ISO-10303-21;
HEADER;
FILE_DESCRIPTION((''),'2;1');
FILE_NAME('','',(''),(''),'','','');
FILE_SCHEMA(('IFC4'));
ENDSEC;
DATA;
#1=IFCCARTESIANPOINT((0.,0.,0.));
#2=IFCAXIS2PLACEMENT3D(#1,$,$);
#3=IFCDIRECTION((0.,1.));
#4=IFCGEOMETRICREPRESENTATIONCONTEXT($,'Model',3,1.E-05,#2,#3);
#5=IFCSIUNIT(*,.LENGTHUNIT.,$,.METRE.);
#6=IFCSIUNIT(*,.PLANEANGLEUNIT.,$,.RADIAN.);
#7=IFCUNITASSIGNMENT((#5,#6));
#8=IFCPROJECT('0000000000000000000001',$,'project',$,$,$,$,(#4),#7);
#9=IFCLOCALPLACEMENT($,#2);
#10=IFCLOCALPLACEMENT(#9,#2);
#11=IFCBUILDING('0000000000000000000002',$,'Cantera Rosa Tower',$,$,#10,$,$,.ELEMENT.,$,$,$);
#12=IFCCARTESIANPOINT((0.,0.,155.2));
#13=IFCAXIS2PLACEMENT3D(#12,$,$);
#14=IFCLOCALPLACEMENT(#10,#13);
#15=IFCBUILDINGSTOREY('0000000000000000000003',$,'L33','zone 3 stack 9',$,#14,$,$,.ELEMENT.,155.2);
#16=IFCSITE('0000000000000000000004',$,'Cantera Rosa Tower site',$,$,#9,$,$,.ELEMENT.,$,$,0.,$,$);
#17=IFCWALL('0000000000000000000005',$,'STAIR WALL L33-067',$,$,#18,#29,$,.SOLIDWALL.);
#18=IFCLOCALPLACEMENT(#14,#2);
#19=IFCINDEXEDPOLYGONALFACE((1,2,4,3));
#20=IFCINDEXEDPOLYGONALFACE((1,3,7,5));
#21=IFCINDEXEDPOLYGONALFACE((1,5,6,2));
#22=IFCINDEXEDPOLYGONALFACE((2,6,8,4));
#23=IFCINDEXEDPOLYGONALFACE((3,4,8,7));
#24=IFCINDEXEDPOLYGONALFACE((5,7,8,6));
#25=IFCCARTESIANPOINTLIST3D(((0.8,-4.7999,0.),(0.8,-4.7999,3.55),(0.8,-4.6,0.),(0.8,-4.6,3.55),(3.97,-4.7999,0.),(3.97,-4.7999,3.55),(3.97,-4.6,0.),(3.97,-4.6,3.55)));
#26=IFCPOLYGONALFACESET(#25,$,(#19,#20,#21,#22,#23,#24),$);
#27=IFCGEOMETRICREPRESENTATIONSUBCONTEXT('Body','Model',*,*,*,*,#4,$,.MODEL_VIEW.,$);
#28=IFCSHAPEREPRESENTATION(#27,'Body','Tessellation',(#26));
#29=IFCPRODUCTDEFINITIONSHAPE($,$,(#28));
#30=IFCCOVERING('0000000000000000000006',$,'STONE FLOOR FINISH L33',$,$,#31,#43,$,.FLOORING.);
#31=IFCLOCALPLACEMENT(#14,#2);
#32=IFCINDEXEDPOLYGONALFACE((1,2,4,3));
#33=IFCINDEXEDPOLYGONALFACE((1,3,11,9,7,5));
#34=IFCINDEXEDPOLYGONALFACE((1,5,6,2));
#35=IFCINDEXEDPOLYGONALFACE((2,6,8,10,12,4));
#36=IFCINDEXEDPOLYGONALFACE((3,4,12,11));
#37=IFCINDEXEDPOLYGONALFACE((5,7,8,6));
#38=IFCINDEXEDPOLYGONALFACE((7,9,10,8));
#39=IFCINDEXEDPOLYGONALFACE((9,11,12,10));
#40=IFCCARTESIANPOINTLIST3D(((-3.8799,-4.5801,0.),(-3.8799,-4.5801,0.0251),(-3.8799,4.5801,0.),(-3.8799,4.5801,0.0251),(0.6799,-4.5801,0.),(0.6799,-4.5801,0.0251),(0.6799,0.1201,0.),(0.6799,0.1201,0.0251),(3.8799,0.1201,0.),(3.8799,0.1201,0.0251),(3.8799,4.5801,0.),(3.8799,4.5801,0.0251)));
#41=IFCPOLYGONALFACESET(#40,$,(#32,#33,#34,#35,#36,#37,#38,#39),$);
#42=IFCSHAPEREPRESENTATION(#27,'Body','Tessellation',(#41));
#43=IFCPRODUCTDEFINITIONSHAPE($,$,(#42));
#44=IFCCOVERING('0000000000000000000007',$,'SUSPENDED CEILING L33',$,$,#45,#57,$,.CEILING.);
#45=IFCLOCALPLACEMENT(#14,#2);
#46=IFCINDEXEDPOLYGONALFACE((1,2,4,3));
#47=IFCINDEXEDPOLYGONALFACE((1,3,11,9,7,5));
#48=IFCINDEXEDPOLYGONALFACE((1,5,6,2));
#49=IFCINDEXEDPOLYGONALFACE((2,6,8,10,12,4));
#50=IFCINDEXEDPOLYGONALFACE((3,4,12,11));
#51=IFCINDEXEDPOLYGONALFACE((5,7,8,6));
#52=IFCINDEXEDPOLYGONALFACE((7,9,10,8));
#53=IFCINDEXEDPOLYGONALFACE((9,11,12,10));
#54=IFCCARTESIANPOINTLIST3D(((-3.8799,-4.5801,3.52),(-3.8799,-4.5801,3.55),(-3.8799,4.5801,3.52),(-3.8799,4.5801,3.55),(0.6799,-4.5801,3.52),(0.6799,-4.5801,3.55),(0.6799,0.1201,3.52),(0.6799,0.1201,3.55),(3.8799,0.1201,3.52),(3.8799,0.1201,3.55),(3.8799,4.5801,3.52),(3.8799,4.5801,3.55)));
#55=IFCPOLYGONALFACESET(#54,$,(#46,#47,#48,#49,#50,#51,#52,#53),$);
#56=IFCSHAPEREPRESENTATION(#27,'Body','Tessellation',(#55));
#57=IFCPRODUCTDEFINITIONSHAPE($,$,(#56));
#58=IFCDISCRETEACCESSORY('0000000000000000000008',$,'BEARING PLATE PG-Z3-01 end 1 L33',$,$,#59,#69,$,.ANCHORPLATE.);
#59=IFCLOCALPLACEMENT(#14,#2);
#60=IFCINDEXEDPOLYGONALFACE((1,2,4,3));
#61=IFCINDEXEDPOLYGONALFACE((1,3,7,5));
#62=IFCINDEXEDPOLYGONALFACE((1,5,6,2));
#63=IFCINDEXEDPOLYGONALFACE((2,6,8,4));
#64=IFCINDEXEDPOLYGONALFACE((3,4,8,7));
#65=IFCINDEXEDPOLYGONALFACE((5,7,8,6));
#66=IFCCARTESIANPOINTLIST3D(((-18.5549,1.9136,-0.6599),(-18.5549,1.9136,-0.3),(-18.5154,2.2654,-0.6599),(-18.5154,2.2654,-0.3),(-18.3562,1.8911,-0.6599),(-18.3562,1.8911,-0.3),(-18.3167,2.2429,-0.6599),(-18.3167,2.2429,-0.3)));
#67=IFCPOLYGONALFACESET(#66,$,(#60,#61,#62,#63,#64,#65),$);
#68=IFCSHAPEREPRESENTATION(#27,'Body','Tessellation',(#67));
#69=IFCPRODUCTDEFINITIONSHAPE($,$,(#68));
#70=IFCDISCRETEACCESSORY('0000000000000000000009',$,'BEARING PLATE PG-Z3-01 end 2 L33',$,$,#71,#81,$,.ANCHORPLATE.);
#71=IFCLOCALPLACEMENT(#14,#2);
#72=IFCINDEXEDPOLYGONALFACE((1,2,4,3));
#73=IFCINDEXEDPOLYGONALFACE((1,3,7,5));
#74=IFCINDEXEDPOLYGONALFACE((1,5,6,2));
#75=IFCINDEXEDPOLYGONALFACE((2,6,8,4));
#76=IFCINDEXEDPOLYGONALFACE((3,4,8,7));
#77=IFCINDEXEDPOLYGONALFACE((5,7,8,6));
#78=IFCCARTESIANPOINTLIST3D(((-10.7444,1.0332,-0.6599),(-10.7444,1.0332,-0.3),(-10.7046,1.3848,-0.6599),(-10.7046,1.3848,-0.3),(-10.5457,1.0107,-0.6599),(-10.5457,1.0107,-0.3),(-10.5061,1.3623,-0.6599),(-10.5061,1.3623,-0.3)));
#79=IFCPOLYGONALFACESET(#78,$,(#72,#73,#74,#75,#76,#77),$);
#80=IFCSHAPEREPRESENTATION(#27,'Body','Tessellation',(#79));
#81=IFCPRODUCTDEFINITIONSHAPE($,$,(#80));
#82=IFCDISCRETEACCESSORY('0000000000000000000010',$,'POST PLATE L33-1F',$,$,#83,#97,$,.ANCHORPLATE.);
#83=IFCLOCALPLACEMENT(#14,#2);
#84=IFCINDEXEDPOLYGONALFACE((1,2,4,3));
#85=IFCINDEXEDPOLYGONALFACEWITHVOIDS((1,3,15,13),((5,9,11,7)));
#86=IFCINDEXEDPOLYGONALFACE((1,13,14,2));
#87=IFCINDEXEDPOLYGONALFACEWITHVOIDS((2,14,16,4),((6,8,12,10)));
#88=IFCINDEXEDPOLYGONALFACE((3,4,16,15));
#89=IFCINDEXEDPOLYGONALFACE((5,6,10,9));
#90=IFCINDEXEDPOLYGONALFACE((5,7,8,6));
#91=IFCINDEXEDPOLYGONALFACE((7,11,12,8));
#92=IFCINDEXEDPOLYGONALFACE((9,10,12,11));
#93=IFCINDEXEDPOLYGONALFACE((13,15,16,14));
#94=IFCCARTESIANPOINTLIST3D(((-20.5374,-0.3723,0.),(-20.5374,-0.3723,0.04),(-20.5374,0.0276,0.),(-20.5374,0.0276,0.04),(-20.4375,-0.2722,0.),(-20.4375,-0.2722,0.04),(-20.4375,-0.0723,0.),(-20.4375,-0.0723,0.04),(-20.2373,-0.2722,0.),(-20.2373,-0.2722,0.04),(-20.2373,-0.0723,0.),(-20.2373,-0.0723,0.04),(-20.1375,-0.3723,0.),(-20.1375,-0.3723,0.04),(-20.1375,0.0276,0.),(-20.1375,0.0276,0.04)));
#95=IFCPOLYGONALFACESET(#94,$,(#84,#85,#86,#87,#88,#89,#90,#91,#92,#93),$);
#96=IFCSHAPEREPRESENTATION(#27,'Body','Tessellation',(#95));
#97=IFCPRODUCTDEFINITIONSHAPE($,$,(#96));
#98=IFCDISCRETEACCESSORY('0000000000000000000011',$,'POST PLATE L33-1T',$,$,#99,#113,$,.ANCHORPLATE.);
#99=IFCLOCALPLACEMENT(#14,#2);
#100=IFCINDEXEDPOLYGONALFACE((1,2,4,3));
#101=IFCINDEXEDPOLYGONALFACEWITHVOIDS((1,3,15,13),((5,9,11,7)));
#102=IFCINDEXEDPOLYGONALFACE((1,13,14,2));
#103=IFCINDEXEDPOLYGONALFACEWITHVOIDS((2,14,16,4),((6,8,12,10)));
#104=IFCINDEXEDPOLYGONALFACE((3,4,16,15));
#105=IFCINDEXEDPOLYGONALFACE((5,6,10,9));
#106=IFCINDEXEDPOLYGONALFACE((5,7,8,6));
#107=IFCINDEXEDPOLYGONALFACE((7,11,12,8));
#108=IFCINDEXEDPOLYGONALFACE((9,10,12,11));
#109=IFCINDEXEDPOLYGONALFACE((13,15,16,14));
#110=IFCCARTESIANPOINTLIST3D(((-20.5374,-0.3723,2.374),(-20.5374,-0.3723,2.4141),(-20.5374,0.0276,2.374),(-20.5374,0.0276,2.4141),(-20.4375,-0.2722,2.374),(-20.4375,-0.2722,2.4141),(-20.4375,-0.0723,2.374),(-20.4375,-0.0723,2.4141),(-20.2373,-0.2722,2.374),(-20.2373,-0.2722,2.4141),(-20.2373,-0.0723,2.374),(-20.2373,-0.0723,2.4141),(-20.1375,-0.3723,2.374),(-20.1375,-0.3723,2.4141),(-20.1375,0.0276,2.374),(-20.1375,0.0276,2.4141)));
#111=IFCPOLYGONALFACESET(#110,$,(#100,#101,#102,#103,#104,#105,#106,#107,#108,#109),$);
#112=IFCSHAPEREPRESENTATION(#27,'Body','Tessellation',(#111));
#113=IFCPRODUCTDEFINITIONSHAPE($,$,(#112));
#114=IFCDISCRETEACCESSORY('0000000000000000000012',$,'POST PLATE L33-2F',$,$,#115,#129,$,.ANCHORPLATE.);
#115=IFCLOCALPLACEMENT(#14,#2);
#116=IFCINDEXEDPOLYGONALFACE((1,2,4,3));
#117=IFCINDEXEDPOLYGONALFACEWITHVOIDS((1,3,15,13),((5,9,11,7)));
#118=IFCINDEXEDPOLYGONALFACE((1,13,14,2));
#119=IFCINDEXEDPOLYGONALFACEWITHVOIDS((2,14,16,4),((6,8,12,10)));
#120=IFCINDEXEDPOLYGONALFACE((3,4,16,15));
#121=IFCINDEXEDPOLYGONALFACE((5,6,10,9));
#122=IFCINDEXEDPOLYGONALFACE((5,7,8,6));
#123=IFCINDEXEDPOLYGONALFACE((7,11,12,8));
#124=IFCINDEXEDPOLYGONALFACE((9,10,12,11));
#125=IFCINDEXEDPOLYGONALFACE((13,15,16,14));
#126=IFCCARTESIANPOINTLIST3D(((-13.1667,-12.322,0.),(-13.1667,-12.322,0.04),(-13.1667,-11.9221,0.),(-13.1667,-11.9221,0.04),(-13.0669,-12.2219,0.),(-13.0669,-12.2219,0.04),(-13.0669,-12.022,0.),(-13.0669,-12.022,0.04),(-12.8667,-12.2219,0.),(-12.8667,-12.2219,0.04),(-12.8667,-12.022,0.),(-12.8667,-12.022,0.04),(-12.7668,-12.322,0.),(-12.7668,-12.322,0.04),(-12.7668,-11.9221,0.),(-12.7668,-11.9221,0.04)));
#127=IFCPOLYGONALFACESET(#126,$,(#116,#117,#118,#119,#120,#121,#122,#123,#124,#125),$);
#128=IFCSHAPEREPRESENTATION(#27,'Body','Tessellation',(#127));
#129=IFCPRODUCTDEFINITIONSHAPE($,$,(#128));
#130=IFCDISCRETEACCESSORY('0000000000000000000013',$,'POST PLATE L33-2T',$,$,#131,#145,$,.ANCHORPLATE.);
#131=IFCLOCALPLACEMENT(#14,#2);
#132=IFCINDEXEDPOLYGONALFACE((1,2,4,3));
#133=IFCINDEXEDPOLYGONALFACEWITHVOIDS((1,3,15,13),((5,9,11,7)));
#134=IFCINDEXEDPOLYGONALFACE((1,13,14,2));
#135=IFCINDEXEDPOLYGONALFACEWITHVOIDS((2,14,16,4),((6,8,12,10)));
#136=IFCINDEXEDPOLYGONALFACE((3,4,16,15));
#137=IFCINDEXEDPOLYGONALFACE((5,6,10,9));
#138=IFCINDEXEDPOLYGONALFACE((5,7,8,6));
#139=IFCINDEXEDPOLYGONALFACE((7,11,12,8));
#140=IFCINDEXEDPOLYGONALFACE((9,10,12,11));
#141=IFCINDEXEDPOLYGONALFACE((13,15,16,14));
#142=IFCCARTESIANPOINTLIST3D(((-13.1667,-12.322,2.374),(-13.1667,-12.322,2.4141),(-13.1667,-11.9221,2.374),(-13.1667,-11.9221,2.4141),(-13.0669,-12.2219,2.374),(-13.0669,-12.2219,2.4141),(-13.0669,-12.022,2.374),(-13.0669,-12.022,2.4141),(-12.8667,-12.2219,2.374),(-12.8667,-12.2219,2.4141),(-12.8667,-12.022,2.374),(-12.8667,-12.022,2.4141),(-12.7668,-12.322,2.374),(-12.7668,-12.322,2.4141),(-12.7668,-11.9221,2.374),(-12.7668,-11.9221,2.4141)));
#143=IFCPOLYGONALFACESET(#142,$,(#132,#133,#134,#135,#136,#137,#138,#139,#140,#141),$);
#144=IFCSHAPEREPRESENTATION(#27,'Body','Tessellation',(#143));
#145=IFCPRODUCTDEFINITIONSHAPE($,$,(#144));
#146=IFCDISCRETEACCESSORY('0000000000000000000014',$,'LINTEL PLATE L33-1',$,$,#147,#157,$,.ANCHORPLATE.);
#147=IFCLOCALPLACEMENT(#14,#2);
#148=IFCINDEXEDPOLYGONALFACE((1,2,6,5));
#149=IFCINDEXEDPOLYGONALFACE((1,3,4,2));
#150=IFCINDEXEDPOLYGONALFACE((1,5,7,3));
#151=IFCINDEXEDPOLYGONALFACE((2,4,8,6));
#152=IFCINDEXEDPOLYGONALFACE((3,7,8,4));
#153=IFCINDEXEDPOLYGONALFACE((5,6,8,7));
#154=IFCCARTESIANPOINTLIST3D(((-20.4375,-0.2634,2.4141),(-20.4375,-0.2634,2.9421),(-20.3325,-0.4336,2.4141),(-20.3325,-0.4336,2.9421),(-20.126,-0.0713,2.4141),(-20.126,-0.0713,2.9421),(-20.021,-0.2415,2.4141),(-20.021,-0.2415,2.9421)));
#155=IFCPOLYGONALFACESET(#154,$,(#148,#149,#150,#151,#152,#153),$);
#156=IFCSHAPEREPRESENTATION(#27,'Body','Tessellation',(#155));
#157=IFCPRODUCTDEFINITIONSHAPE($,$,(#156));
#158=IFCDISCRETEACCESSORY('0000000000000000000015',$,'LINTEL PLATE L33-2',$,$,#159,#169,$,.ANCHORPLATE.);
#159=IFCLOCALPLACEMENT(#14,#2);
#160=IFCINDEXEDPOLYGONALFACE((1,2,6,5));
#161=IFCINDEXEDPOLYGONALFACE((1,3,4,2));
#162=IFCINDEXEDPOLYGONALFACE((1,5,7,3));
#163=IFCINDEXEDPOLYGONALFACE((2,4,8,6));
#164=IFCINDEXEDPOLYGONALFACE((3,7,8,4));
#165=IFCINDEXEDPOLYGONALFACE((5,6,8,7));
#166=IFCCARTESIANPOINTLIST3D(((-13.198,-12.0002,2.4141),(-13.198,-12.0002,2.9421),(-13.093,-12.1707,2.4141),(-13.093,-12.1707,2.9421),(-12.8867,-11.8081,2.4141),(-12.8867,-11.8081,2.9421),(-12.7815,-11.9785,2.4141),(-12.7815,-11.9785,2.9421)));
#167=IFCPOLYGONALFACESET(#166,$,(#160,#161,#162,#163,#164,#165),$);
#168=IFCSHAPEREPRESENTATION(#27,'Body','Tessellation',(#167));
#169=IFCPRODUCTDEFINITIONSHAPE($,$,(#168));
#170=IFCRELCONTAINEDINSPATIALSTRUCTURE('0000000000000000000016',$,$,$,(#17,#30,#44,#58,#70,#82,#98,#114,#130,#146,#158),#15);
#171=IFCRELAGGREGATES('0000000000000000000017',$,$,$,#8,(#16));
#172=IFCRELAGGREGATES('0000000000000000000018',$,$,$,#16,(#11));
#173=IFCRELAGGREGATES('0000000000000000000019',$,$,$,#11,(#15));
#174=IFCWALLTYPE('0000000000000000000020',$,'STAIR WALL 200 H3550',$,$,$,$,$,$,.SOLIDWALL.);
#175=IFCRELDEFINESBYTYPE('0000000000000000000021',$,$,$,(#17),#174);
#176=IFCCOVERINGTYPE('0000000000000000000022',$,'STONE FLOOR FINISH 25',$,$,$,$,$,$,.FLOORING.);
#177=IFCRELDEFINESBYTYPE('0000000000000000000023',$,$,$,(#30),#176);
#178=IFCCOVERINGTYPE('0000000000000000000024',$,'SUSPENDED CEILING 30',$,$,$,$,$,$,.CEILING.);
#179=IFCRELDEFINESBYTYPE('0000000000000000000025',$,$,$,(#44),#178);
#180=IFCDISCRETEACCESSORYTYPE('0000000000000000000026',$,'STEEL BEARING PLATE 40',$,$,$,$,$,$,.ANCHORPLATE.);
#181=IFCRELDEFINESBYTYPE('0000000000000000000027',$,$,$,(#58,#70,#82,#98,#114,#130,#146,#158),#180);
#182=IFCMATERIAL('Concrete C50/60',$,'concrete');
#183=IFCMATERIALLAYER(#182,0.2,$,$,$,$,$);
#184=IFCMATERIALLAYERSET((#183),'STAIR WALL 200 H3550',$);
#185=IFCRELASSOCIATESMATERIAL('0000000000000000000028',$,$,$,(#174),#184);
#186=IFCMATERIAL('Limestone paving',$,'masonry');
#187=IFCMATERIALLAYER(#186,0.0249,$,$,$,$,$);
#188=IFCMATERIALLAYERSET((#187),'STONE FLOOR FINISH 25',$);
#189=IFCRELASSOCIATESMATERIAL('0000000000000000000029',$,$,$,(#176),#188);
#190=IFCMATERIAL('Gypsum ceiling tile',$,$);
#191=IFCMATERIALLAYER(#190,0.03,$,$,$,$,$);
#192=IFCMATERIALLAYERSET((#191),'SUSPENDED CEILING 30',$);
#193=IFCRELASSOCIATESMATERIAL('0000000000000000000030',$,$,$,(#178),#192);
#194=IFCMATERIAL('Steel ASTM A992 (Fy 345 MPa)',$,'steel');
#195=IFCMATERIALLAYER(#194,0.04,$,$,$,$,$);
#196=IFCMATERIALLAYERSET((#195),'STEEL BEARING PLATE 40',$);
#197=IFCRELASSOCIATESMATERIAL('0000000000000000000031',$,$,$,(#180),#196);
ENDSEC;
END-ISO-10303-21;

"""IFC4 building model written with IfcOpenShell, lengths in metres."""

from ifc_helpers import new_model, si_unit, direction, frame, frame_2d, origin, place, context, subcontext, project, spatial, polyline, rectangle, outline, extrude, material, layer, layer_set, type_object, element, save


model = new_model("IFC4")

# Units and contexts
model_context = context("Model", 3, precision=1e-05, world=origin(), true_north=direction((0.0, 1.0)))
body_context = subcontext(model_context, "Body", "Model", "MODEL_VIEW")
ifc_project = project(units=[si_unit("LENGTHUNIT", "METRE"), si_unit("PLANEANGLEUNIT", "RADIAN")], contexts=[model_context])

# Site, building, storey
site_placement = place(None, origin())
site = spatial("IfcSite", under=ifc_project, at=site_placement, Name="Cantera Rosa Tower site", CompositionType="ELEMENT", RefElevation=0.0)
building_placement = place(site_placement, origin())
building = spatial("IfcBuilding", under=site, at=building_placement, Name="Cantera Rosa Tower", CompositionType="ELEMENT")
storey_placement = place(building_placement, frame((0.0, 0.0, 155.2)))
storey = spatial("IfcBuildingStorey", under=building, at=storey_placement, Name="L33", Description="zone 3 stack 9", CompositionType="ELEMENT", Elevation=155.2)

# Shared definitions
ifc_material_1 = material(Name="Concrete C50/60", Category="concrete")
ifc_layer_1 = layer(ifc_material_1, 0.2)
ifc_layer_set_1 = layer_set([ifc_layer_1], Name="STAIR WALL 200 H3550")
wall_type_1 = type_object("IfcWallType", Name="STAIR WALL 200 H3550", PredefinedType="SOLIDWALL", material=ifc_layer_set_1)

# Wall
wall_1_placement = place(storey_placement, frame((3.97, -4.7, 0.0), z_axis=(0.0, 0.0, 1.0), x_axis=(-1.0, 0.0, 0.0)))
element("IfcWall", 1, at=wall_1_placement, inside=storey, type_object=wall_type_1, Name="STAIR WALL L33-067", PredefinedType="SOLIDWALL", context=body_context, shape_type="SweptSolid", body=[
    extrude(rectangle(XDim=3.1699, YDim=0.2, at=frame_2d((1.585, 0.0))), origin(), (0.0, 0.0, 1.0), 3.55),
])

# Coverings
ifc_material_2 = material(Name="Limestone paving", Category="masonry")
ifc_layer_2 = layer(ifc_material_2, 0.0249)
ifc_layer_set_2 = layer_set([ifc_layer_2], Name="STONE FLOOR FINISH 25")
covering_type_1 = type_object("IfcCoveringType", Name="STONE FLOOR FINISH 25", PredefinedType="FLOORING", material=ifc_layer_set_2)
covering_1_placement = place(storey_placement, origin())
element("IfcCovering", 2, at=covering_1_placement, inside=storey, type_object=covering_type_1, Name="STONE FLOOR FINISH L33", PredefinedType="FLOORING", context=body_context, shape_type="SweptSolid", body=[
    extrude(outline(polyline([(3.8799, 4.5801), (3.8799, 0.1201), (0.6799, 0.1201), (0.6799, -4.5801), (-3.8799, -4.5801), (-3.8799, 4.5801), (3.8799, 4.5801)])), origin(), (0.0, 0.0, 1.0), 0.0251),
])
ifc_material_3 = material(Name="Gypsum ceiling tile")
ifc_layer_3 = layer(ifc_material_3, 0.03)
ifc_layer_set_3 = layer_set([ifc_layer_3], Name="SUSPENDED CEILING 30")
covering_type_2 = type_object("IfcCoveringType", Name="SUSPENDED CEILING 30", PredefinedType="CEILING", material=ifc_layer_set_3)
covering_2_placement = place(storey_placement, frame((0.0, 0.0, 3.52)))
element("IfcCovering", 3, at=covering_2_placement, inside=storey, type_object=covering_type_2, Name="SUSPENDED CEILING L33", PredefinedType="CEILING", context=body_context, shape_type="SweptSolid", body=[
    extrude(outline(polyline([(3.8799, 4.5801), (3.8799, 0.1201), (0.6799, 0.1201), (0.6799, -4.5801), (-3.8799, -4.5801), (-3.8799, 4.5801), (3.8799, 4.5801)])), origin(), (0.0, 0.0, 1.0), 0.03),
])

# Discrete accessories
ifc_material_4 = material(Name="Steel ASTM A992 (Fy 345 MPa)", Category="steel")
ifc_layer_4 = layer(ifc_material_4, 0.04)
ifc_layer_set_4 = layer_set([ifc_layer_4], Name="STEEL BEARING PLATE 40")
discrete_accessory_type = type_object("IfcDiscreteAccessoryType", Name="STEEL BEARING PLATE 40", PredefinedType="ANCHORPLATE", material=ifc_layer_set_4)
discrete_accessory_1_placement = place(storey_placement, frame((0.0, 0.0, -0.6599)))
element("IfcDiscreteAccessory", 4, at=discrete_accessory_1_placement, inside=storey, type_object=discrete_accessory_type, Name="BEARING PLATE PG-Z3-01 end 1 L33", PredefinedType="ANCHORPLATE", context=body_context, shape_type="SweptSolid", body=[
    extrude(outline(polyline([(-18.3167, 2.2429), (-18.5154, 2.2654), (-18.5549, 1.9136), (-18.3562, 1.8911), (-18.3167, 2.2429)])), origin(), (0.0, 0.0, 1.0), 0.3599),
])
discrete_accessory_2_placement = place(storey_placement, frame((0.0, 0.0, -0.6599)))
element("IfcDiscreteAccessory", 5, at=discrete_accessory_2_placement, inside=storey, type_object=discrete_accessory_type, Name="BEARING PLATE PG-Z3-01 end 2 L33", PredefinedType="ANCHORPLATE", context=body_context, shape_type="SweptSolid", body=[
    extrude(outline(polyline([(-10.7444, 1.0332), (-10.5457, 1.0107), (-10.5061, 1.3623), (-10.7046, 1.3848), (-10.7444, 1.0332)])), origin(), (0.0, 0.0, 1.0), 0.3599),
])
for number, where, name in (
    (6, (0.0, 0.0, 0.0), "POST PLATE L33-1F"),
    (7, (0.0, 0.0, 2.374), "POST PLATE L33-1T"),
):
    element("IfcDiscreteAccessory", number, at=place(storey_placement, frame(where)), inside=storey, type_object=discrete_accessory_type, Name=name, PredefinedType="ANCHORPLATE", context=body_context, shape_type="SweptSolid", body=[
        extrude(outline(polyline([(-20.5374, -0.3723), (-20.1375, -0.3723), (-20.1375, 0.0276), (-20.5374, 0.0276), (-20.5374, -0.3723)]), holes=[polyline([(-20.4375, -0.2722), (-20.2373, -0.2722), (-20.2373, -0.0723), (-20.4375, -0.0723), (-20.4375, -0.2722)])]), origin(), (0.0, 0.0, 1.0), 0.04),
    ])
for number, where, name in (
    (8, (0.0, 0.0, 0.0), "POST PLATE L33-2F"),
    (9, (0.0, 0.0, 2.374), "POST PLATE L33-2T"),
):
    element("IfcDiscreteAccessory", number, at=place(storey_placement, frame(where)), inside=storey, type_object=discrete_accessory_type, Name=name, PredefinedType="ANCHORPLATE", context=body_context, shape_type="SweptSolid", body=[
        extrude(outline(polyline([(-13.1667, -12.322), (-12.7668, -12.322), (-12.7668, -11.9221), (-13.1667, -11.9221), (-13.1667, -12.322)]), holes=[polyline([(-13.0669, -12.2219), (-12.8667, -12.2219), (-12.8667, -12.022), (-13.0669, -12.022), (-13.0669, -12.2219)])]), origin(), (0.0, 0.0, 1.0), 0.04),
    ])
discrete_accessory_3_placement = place(storey_placement, frame((0.0, 0.0, 2.4141)))
element("IfcDiscreteAccessory", 10, at=discrete_accessory_3_placement, inside=storey, type_object=discrete_accessory_type, Name="LINTEL PLATE L33-1", PredefinedType="ANCHORPLATE", context=body_context, shape_type="SweptSolid", body=[
    extrude(outline(polyline([(-20.021, -0.2415), (-20.126, -0.0713), (-20.4375, -0.2634), (-20.3325, -0.4336), (-20.021, -0.2415)])), origin(), (0.0, 0.0, 1.0), 0.5281),
])
discrete_accessory_4_placement = place(storey_placement, frame((0.0, 0.0, 2.4141)))
element("IfcDiscreteAccessory", 11, at=discrete_accessory_4_placement, inside=storey, type_object=discrete_accessory_type, Name="LINTEL PLATE L33-2", PredefinedType="ANCHORPLATE", context=body_context, shape_type="SweptSolid", body=[
    extrude(outline(polyline([(-13.198, -12.0002), (-13.093, -12.1707), (-12.7815, -11.9785), (-12.8867, -11.8081), (-13.198, -12.0002)])), origin(), (0.0, 0.0, 1.0), 0.5281),
])

save(model, "model.ifc")
